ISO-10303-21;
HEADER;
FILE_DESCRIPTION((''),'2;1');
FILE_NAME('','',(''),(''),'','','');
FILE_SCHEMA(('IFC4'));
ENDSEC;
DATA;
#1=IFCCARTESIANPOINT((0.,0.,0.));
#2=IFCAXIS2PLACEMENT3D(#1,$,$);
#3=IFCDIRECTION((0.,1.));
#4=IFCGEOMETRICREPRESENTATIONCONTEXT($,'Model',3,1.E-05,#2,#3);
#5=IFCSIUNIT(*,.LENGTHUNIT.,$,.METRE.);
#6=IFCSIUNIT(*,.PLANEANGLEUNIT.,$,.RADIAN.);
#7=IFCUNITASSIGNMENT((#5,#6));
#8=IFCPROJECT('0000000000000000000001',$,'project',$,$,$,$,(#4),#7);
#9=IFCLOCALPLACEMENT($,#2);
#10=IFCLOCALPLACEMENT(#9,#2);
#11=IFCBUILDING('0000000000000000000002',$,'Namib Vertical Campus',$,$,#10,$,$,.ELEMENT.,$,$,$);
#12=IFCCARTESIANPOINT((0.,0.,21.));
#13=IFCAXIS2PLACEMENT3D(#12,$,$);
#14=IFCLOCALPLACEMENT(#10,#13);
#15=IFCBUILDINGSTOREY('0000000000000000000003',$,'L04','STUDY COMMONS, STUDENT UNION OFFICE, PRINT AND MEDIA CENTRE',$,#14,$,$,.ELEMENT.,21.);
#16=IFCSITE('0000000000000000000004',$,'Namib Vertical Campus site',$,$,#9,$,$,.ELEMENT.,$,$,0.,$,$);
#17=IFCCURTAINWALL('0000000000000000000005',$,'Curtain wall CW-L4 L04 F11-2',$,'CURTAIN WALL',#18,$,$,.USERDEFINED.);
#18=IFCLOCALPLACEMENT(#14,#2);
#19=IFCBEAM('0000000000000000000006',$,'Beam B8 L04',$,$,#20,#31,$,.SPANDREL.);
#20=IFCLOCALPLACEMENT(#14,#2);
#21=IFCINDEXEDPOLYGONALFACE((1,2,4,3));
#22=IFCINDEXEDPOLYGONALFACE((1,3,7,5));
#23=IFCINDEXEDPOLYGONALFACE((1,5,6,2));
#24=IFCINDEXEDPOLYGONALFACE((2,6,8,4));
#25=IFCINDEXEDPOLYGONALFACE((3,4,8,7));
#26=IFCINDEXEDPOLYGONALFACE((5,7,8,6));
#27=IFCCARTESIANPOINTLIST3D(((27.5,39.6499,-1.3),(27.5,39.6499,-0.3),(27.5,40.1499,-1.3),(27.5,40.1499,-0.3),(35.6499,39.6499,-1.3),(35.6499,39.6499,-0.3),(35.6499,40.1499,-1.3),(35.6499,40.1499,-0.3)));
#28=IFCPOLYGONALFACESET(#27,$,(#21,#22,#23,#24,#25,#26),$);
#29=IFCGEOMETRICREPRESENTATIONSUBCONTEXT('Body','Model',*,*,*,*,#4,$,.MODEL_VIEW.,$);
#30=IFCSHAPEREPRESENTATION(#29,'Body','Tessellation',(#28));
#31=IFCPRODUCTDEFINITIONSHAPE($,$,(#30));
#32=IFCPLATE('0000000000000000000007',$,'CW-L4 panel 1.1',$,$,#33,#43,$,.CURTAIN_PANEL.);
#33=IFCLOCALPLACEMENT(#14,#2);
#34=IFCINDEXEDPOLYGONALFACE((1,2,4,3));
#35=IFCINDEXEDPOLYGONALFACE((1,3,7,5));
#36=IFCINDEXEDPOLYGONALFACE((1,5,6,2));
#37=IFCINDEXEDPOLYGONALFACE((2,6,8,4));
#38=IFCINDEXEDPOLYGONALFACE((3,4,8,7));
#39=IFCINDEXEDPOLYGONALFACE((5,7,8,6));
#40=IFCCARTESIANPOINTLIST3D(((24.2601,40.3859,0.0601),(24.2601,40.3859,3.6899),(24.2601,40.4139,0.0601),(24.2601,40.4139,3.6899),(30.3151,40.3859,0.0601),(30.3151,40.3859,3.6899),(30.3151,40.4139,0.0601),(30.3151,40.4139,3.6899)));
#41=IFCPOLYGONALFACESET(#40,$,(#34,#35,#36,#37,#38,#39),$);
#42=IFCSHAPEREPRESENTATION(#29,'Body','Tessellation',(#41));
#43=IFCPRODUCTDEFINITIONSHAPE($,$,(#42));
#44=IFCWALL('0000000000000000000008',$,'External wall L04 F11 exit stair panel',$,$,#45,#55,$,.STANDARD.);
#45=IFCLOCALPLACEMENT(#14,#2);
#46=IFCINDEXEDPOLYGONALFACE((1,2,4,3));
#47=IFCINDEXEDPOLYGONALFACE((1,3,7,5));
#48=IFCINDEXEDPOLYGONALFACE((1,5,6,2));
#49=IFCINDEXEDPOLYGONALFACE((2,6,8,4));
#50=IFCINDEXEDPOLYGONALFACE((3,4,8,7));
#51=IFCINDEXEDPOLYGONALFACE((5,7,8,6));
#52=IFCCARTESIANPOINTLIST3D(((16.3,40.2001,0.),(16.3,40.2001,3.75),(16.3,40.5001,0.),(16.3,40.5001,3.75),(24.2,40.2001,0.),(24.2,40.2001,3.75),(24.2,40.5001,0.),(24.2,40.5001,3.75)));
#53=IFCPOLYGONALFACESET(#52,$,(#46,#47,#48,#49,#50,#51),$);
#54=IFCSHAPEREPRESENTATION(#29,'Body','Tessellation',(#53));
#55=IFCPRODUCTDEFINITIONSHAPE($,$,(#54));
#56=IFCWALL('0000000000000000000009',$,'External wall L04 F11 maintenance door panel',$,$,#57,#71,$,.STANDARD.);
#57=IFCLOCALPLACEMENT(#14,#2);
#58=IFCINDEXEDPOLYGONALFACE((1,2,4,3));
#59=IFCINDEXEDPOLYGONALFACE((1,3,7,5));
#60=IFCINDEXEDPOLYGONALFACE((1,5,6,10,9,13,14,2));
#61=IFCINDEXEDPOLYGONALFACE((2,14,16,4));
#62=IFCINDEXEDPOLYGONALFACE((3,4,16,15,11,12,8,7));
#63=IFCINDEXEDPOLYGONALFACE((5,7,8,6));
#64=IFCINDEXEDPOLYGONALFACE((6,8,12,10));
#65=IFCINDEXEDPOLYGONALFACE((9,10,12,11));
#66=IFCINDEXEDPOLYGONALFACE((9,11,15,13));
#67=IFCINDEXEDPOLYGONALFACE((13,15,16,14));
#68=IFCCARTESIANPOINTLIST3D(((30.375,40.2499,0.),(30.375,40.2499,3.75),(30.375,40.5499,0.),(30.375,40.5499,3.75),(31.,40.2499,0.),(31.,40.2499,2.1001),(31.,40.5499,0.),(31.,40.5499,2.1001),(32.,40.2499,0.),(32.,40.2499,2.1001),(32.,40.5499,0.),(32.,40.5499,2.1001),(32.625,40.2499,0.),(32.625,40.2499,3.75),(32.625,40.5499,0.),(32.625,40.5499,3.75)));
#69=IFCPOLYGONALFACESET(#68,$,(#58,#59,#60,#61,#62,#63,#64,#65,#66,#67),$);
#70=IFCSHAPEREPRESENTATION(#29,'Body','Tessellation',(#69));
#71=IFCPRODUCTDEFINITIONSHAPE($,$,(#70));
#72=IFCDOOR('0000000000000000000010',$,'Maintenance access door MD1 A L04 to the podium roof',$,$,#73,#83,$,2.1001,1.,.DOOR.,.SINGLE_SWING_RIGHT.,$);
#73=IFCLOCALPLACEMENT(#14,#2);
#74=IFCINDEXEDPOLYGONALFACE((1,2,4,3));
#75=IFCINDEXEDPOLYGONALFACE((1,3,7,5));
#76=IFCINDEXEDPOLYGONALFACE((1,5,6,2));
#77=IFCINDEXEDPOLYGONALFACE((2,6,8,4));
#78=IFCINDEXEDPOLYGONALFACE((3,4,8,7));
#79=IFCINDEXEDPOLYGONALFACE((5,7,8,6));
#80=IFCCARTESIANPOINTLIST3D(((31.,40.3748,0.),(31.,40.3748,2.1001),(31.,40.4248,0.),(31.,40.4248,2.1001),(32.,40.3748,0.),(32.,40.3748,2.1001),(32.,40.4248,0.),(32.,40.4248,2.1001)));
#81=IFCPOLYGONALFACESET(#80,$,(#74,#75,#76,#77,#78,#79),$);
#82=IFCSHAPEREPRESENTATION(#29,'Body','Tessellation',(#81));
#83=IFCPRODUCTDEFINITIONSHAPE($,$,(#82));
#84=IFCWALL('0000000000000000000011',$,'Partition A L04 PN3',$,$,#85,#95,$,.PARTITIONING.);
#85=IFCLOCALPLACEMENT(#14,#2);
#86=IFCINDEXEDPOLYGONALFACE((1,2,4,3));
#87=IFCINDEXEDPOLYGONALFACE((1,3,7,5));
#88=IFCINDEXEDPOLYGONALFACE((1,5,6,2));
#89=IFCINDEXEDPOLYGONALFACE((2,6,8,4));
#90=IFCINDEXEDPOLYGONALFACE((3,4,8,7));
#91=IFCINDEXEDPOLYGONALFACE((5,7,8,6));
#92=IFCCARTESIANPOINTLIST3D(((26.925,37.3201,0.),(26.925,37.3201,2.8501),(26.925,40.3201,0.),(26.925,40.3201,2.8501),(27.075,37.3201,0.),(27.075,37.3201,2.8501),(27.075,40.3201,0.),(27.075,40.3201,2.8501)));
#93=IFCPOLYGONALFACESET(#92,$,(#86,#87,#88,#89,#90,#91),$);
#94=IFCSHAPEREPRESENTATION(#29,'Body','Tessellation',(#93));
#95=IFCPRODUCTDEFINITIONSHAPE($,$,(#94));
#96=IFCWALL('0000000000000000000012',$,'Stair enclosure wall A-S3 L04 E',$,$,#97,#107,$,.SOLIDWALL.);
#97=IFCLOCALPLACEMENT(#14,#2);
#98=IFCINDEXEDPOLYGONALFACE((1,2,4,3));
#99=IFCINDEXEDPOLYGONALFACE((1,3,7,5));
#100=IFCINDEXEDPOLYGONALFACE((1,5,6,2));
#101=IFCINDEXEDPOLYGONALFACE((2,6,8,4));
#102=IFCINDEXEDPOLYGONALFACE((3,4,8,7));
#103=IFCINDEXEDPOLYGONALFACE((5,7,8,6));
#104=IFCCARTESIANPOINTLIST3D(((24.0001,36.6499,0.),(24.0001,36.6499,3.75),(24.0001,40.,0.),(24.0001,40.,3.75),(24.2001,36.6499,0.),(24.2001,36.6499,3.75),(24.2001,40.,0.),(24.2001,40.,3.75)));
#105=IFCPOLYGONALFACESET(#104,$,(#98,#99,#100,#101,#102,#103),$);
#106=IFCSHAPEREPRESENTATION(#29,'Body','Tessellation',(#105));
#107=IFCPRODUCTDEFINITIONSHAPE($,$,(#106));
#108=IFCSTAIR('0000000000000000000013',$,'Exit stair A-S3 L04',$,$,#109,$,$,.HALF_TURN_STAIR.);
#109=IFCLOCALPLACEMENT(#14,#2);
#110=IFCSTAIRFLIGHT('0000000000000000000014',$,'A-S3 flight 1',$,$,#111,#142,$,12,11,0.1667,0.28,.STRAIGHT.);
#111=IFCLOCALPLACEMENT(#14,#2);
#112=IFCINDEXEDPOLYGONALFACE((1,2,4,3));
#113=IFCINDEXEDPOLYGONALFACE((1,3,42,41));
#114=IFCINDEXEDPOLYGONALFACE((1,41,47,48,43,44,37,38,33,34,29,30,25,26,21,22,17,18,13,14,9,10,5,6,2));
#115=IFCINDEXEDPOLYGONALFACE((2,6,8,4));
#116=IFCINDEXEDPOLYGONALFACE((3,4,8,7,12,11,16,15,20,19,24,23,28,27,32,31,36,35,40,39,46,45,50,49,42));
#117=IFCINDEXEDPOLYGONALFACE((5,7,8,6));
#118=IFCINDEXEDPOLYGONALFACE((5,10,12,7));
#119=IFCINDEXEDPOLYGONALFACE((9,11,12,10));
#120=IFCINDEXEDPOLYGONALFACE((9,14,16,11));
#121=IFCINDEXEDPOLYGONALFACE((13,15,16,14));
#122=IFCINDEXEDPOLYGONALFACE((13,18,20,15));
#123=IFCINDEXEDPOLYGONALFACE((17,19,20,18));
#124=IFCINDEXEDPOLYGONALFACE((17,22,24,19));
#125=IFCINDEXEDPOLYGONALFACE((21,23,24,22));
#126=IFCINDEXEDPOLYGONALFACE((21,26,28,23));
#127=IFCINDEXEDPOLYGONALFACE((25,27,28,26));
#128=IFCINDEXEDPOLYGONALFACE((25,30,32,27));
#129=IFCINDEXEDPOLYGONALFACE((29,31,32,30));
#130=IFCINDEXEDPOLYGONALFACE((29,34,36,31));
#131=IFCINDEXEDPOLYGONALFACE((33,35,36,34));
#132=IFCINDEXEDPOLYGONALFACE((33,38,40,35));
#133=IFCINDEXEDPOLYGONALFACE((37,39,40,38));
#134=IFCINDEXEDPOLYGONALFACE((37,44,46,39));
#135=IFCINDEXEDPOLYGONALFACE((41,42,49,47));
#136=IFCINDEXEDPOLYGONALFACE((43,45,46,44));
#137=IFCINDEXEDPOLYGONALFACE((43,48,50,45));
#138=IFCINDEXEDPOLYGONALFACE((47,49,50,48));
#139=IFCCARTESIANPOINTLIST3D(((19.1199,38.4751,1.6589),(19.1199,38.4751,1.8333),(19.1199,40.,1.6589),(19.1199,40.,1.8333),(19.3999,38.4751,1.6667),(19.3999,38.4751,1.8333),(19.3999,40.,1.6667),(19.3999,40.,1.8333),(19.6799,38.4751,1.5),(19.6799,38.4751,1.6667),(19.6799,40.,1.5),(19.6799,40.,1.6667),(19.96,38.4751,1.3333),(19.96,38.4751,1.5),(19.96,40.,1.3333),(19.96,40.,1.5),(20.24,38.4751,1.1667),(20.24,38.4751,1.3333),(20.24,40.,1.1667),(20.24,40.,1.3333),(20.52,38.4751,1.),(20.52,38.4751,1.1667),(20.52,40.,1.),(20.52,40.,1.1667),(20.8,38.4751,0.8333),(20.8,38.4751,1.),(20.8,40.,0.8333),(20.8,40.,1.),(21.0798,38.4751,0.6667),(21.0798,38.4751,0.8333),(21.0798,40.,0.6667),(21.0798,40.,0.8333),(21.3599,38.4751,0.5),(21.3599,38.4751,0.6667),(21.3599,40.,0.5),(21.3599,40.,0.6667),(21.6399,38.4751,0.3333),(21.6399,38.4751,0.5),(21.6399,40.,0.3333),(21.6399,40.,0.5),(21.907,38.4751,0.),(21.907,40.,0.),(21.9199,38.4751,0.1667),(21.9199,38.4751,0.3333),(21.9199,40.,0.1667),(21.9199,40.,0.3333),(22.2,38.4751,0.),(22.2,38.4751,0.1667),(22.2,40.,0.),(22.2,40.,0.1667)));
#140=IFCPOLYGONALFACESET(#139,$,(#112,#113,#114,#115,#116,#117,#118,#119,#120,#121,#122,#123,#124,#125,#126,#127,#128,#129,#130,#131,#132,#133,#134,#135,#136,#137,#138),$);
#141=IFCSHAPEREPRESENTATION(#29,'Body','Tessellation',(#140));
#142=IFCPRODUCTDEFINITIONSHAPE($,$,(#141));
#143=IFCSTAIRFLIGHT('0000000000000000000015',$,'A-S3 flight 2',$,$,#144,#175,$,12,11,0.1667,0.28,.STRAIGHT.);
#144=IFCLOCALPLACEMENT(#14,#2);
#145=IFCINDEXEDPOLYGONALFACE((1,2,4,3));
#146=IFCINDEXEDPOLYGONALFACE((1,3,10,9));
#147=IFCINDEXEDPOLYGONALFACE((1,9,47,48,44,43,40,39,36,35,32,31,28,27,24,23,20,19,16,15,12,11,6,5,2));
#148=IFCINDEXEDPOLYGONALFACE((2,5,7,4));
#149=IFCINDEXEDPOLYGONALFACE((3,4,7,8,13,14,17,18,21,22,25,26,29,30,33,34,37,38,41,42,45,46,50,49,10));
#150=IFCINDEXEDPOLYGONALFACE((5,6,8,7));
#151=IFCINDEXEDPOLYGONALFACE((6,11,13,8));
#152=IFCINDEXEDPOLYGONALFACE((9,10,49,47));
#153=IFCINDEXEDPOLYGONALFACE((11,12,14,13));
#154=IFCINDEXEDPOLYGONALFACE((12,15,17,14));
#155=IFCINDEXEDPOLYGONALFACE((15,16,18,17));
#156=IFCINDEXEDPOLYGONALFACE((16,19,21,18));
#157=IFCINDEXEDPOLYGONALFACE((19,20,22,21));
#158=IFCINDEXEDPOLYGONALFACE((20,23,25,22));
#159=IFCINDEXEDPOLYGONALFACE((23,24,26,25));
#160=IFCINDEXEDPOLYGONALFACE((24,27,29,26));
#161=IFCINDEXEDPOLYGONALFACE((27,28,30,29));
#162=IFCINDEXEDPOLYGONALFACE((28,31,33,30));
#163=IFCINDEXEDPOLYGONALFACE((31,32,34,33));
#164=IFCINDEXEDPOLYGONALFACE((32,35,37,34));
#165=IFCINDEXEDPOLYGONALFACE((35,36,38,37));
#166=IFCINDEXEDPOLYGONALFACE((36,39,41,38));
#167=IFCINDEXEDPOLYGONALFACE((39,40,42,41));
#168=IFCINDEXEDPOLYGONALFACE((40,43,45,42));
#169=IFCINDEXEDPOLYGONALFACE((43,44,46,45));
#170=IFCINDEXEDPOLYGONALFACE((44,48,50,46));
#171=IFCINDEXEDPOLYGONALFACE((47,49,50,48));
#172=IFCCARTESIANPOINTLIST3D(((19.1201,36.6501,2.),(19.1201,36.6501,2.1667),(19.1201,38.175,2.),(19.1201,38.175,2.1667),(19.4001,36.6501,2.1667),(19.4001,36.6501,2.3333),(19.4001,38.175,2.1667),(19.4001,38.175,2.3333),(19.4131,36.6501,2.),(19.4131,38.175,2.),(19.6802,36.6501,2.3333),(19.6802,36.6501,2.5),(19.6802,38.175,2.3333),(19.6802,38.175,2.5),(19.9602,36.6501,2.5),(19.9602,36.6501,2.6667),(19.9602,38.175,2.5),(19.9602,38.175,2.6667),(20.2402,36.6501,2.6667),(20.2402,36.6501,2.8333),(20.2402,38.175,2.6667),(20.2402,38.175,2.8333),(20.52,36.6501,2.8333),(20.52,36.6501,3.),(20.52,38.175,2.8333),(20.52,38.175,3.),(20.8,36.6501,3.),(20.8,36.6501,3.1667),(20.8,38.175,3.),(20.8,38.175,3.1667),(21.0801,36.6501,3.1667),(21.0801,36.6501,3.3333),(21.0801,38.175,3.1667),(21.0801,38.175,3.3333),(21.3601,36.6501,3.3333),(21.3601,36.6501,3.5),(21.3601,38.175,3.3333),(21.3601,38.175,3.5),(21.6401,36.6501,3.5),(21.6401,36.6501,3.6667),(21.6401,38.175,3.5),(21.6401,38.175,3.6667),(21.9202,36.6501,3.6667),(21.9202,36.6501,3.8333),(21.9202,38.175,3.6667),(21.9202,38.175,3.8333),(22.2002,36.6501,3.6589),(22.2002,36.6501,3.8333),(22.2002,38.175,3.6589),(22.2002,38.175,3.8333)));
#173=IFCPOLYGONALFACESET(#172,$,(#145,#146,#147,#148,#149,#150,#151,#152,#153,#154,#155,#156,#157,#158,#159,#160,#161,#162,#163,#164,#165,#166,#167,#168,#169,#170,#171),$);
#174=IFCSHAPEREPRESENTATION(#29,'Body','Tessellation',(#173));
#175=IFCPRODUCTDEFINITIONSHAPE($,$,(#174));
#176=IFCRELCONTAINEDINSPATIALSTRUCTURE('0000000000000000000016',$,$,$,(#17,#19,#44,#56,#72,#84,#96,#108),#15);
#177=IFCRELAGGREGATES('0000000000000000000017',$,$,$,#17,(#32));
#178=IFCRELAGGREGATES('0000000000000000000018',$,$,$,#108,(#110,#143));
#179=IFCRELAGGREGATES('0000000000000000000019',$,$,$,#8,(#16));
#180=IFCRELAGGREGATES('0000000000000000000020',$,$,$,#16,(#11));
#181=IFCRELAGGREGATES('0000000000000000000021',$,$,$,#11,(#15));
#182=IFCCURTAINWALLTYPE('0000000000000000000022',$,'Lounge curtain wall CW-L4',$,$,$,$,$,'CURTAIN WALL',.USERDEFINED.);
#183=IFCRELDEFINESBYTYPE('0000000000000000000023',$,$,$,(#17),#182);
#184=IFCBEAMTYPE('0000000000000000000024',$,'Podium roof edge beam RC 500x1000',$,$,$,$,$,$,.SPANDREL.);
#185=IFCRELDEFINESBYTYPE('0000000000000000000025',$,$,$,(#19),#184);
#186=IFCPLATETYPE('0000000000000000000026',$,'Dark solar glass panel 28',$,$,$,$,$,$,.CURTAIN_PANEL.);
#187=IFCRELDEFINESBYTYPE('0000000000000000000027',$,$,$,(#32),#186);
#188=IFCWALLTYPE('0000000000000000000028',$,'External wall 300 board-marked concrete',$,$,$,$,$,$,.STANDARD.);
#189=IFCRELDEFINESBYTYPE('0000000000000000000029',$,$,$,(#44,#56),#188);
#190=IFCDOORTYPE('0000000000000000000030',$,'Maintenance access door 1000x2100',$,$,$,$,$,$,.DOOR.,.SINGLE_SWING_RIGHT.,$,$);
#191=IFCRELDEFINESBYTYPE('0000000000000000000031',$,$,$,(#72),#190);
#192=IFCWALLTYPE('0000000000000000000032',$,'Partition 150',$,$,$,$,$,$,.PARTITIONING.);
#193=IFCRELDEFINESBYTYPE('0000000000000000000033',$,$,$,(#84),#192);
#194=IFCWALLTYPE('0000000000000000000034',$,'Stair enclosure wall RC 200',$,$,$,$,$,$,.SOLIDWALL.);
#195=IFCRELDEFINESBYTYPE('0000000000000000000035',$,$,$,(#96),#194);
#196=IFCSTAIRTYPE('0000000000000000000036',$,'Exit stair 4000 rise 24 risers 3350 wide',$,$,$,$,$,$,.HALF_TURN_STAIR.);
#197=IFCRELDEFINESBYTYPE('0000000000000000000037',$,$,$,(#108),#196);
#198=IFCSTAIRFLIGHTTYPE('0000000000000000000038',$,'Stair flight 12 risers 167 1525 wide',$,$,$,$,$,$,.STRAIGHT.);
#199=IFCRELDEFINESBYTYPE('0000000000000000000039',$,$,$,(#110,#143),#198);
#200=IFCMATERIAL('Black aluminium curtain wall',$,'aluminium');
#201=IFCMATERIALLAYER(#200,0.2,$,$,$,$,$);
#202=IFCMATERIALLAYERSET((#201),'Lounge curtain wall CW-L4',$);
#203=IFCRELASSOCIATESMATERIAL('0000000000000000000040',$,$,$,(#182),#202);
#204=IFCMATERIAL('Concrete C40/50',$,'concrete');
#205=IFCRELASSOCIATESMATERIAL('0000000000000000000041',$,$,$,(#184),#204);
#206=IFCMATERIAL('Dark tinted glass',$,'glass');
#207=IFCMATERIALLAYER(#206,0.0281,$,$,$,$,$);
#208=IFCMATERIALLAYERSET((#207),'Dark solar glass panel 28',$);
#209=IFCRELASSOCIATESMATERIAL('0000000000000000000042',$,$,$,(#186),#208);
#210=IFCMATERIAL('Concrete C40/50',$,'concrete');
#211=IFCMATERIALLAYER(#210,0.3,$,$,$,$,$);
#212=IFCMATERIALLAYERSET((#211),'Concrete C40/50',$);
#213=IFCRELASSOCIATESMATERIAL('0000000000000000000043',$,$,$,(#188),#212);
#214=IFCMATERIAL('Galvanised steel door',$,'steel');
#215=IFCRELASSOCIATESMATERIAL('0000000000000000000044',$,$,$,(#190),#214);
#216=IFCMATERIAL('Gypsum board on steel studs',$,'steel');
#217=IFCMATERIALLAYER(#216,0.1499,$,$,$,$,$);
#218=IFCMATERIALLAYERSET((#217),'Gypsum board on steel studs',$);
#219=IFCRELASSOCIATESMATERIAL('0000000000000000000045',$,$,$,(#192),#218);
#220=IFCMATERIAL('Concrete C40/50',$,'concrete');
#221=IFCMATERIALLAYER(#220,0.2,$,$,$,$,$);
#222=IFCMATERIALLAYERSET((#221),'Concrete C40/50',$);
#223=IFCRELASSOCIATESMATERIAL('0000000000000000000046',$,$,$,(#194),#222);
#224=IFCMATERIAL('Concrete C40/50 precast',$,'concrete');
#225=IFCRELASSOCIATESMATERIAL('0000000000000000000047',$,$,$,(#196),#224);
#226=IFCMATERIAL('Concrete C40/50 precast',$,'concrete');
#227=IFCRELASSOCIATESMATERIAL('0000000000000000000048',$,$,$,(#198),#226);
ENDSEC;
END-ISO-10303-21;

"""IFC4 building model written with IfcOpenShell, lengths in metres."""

from ifc_helpers import new_model, si_unit, direction, frame, frame_2d, origin, origin_2d, place, context, subcontext, project, spatial, polyline, rectangle, outline, extrude, material, layer, layer_set, material_profile, profile_set, type_object, element, fill, aggregate, save


model = new_model("IFC4")

# Units and contexts
model_context = context("Model", 3, precision=1e-05, world=origin(), true_north=direction((0.0, 1.0)))
body_context = subcontext(model_context, "Body", "Model", "MODEL_VIEW")
ifc_project = project(units=[si_unit("LENGTHUNIT", "METRE"), si_unit("PLANEANGLEUNIT", "RADIAN")], contexts=[model_context])

# Site, building, storey
site_placement = place(None, origin())
site = spatial("IfcSite", under=ifc_project, at=site_placement, Name="Namib Vertical Campus site", CompositionType="ELEMENT", RefElevation=0.0)
building_placement = place(site_placement, origin())
building = spatial("IfcBuilding", under=site, at=building_placement, Name="Namib Vertical Campus", CompositionType="ELEMENT")
storey_placement = place(building_placement, frame((0.0, 0.0, 21.0)))
storey = spatial("IfcBuildingStorey", under=building, at=storey_placement, Name="L04", Description="STUDY COMMONS, STUDENT UNION OFFICE, PRINT AND MEDIA CENTRE", CompositionType="ELEMENT", Elevation=21.0)

# Curtain wall
ifc_material_1 = material(Name="Black aluminium curtain wall", Category="aluminium")
ifc_layer_1 = layer(ifc_material_1, 0.2)
ifc_layer_set_1 = layer_set([ifc_layer_1], Name="Lounge curtain wall CW-L4")
curtain_wall_type = type_object("IfcCurtainWallType", Name="Lounge curtain wall CW-L4", ElementType="CURTAIN WALL", PredefinedType="USERDEFINED", material=ifc_layer_set_1)
curtain_wall_placement = place(storey_placement, origin())
curtain_wall = element("IfcCurtainWall", 1, at=curtain_wall_placement, inside=storey, type_object=curtain_wall_type, Name="Curtain wall CW-L4 L04 F11-2", ObjectType="CURTAIN WALL", PredefinedType="USERDEFINED")

# Beam
ifc_material_2 = material(Name="Concrete C40/50", Category="concrete")
ifc_material_profile_1 = material_profile(ifc_material_2, rectangle(XDim=0.5, YDim=1.0, at=origin_2d()))
ifc_profile_set_1 = profile_set([ifc_material_profile_1], Name="Concrete C40/50")
beam_type_1 = type_object("IfcBeamType", Name="Podium roof edge beam RC 500x1000", PredefinedType="SPANDREL", material=ifc_profile_set_1)
beam_1_placement = place(storey_placement, frame((27.5, 39.8999, -0.8), z_axis=(1.0, 0.0, 0.0), x_axis=(0.0, 1.0, 0.0)))
element("IfcBeam", 2, at=beam_1_placement, inside=storey, type_object=beam_type_1, Name="Beam B8 L04", PredefinedType="SPANDREL", context=body_context, shape_type="SweptSolid", body=[
    extrude(rectangle(XDim=0.5, YDim=1.0, at=origin_2d()), origin(), (0.0, 0.0, 1.0), 8.1499),
])

# Plate
ifc_material_3 = material(Name="Dark tinted glass", Category="glass")
ifc_layer_2 = layer(ifc_material_3, 0.0281)
ifc_layer_set_2 = layer_set([ifc_layer_2], Name="Dark solar glass panel 28")
plate_type = type_object("IfcPlateType", Name="Dark solar glass panel 28", PredefinedType="CURTAIN_PANEL", material=ifc_layer_set_2)
plate_placement = place(storey_placement, frame((27.2876, 40.3999, 0.0601), z_axis=(0.0, 0.0, 1.0), x_axis=(-1.0, 0.0, 0.0)))
plate = element("IfcPlate", 3, at=plate_placement, type_object=plate_type, Name="CW-L4 panel 1.1", PredefinedType="CURTAIN_PANEL", context=body_context, shape_type="SweptSolid", body=[
    extrude(rectangle(XDim=6.0549, YDim=0.0281, at=origin_2d()), origin(), (0.0, 0.0, 1.0), 3.6299),
])
aggregate(curtain_wall, [plate])

# Wall
ifc_material_4 = material(Name="Concrete C40/50", Category="concrete")
ifc_layer_3 = layer(ifc_material_4, 0.3)
ifc_layer_set_3 = layer_set([ifc_layer_3], Name="Concrete C40/50")
wall_type_1 = type_object("IfcWallType", Name="External wall 300 board-marked concrete", PredefinedType="STANDARD", material=ifc_layer_set_3)
wall_1_placement = place(storey_placement, frame((24.2, 40.3501, 0.0), z_axis=(0.0, 0.0, 1.0), x_axis=(-1.0, 0.0, 0.0)))
element("IfcWall", 4, at=wall_1_placement, inside=storey, type_object=wall_type_1, Name="External wall L04 F11 exit stair panel", PredefinedType="STANDARD", context=body_context, shape_type="SweptSolid", body=[
    extrude(rectangle(XDim=7.8999, YDim=0.3, at=frame_2d((3.95, 0.0))), origin(), (0.0, 0.0, 1.0), 3.75),
])

# Wall, opening, door
wall_2_placement = place(storey_placement, frame((32.625, 40.3999, 0.0), z_axis=(0.0, 0.0, 1.0), x_axis=(-1.0, 0.0, 0.0)))
wall_2 = element("IfcWall", 5, at=wall_2_placement, inside=storey, type_object=wall_type_1, Name="External wall L04 F11 maintenance door panel", PredefinedType="STANDARD", context=body_context, shape_type="SweptSolid", body=[
    extrude(rectangle(XDim=2.25, YDim=0.3, at=frame_2d((1.125, 0.0))), origin(), (0.0, 0.0, 1.0), 3.75),
])
opening_placement = place(wall_2_placement, frame((0.625, 0.0, 0.0)))
opening = element("IfcOpeningElement", 6, at=opening_placement, cuts=wall_2, PredefinedType="OPENING", context=body_context, shape_type="SweptSolid", body=[
    extrude(rectangle(XDim=1.0, YDim=2.1001, at=frame_2d((0.5, 1.05))), frame((0.0, 0.1599, 0.0), z_axis=(0.0, -1.0, 0.0), x_axis=(1.0, 0.0, 0.0)), (0.0, 0.0, 1.0), 0.3201),
])
ifc_material_5 = material(Name="Galvanised steel door", Category="steel")
door_type = type_object("IfcDoorType", Name="Maintenance access door 1000x2100", OperationType="SINGLE_SWING_RIGHT", PredefinedType="DOOR", material=ifc_material_5)
door_placement = place(opening_placement, frame((1.0, 0.0, 0.0), z_axis=(0.0, 0.0, 1.0), x_axis=(-1.0, 0.0, 0.0)))
door = element("IfcDoor", 7, at=door_placement, inside=storey, type_object=door_type, Name="Maintenance access door MD1 A L04 to the podium roof", OperationType="SINGLE_SWING_RIGHT", OverallHeight=2.1001, OverallWidth=1.0, PredefinedType="DOOR", context=body_context, shape_type="SweptSolid", body=[
    extrude(rectangle(XDim=1.0, YDim=2.1001, at=frame_2d((0.5, 1.05))), frame((0.0, 0.0249, 0.0), z_axis=(0.0, -1.0, 0.0), x_axis=(1.0, 0.0, 0.0)), (0.0, 0.0, 1.0), 0.05),
])
fill(opening, door)

# Walls
ifc_material_6 = material(Name="Gypsum board on steel studs", Category="steel")
ifc_layer_4 = layer(ifc_material_6, 0.1499)
ifc_layer_set_4 = layer_set([ifc_layer_4], Name="Gypsum board on steel studs")
wall_type_2 = type_object("IfcWallType", Name="Partition 150", PredefinedType="PARTITIONING", material=ifc_layer_set_4)
wall_3_placement = place(storey_placement, frame((27.0, 37.3201, 0.0), z_axis=(0.0, 0.0, 1.0), x_axis=(0.0, 1.0, 0.0)))
element("IfcWall", 8, at=wall_3_placement, inside=storey, type_object=wall_type_2, Name="Partition A L04 PN3", PredefinedType="PARTITIONING", context=body_context, shape_type="SweptSolid", body=[
    extrude(rectangle(XDim=3.0, YDim=0.1499, at=frame_2d((1.5, 0.0))), origin(), (0.0, 0.0, 1.0), 2.8501),
])
ifc_material_7 = material(Name="Concrete C40/50", Category="concrete")
ifc_layer_5 = layer(ifc_material_7, 0.2)
ifc_layer_set_5 = layer_set([ifc_layer_5], Name="Concrete C40/50")
wall_type_3 = type_object("IfcWallType", Name="Stair enclosure wall RC 200", PredefinedType="SOLIDWALL", material=ifc_layer_set_5)
wall_4_placement = place(storey_placement, frame((24.1001, 36.6499, 0.0), z_axis=(0.0, 0.0, 1.0), x_axis=(0.0, 1.0, 0.0)))
element("IfcWall", 9, at=wall_4_placement, inside=storey, type_object=wall_type_3, Name="Stair enclosure wall A-S3 L04 E", PredefinedType="SOLIDWALL", context=body_context, shape_type="SweptSolid", body=[
    extrude(rectangle(XDim=3.3501, YDim=0.2, at=frame_2d((1.675, 0.0))), origin(), (0.0, 0.0, 1.0), 3.75),
])

# Stair, stair flights
ifc_material_8 = material(Name="Concrete C40/50 precast", Category="concrete")
stair_type = type_object("IfcStairType", Name="Exit stair 4000 rise 24 risers 3350 wide", PredefinedType="HALF_TURN_STAIR", material=ifc_material_8)
stair_placement = place(storey_placement, origin())
stair = element("IfcStair", 10, at=stair_placement, inside=storey, type_object=stair_type, Name="Exit stair A-S3 L04", PredefinedType="HALF_TURN_STAIR")
ifc_material_9 = material(Name="Concrete C40/50 precast", Category="concrete")
stair_flight_type = type_object("IfcStairFlightType", Name="Stair flight 12 risers 167 1525 wide", PredefinedType="STRAIGHT", material=ifc_material_9)
stair_flight_1_placement = place(storey_placement, frame((22.2, 39.2375, 0.0), z_axis=(0.0, 0.0, 1.0), x_axis=(-1.0, 0.0, 0.0)))
stair_flight_1 = element("IfcStairFlight", 11, at=stair_flight_1_placement, type_object=stair_flight_type, Name="A-S3 flight 1", NumberOfRisers=12, NumberOfTreads=11, PredefinedType="STRAIGHT", RiserHeight=0.1667, TreadLength=0.28, context=body_context, shape_type="SweptSolid", body=[
    extrude(outline(polyline([(0.0, 0.0), (0.0, 0.1667), (0.28, 0.1667), (0.28, 0.3333), (0.5601, 0.3333), (0.5601, 0.5), (0.8401, 0.5), (0.8401, 0.6667), (1.1201, 0.6667), (1.1201, 0.8333), (1.3999, 0.8333), (1.3999, 1.0), (1.6799, 1.0), (1.6799, 1.1667), (1.96, 1.1667), (1.96, 1.3333), (2.24, 1.3333), (2.24, 1.5), (2.52, 1.5), (2.52, 1.6667), (2.8, 1.6667), (2.8, 1.8333), (3.0801, 1.8333), (3.0801, 2.0), (3.0801, 1.6589), (0.293, 0.0), (0.0, 0.0)])), frame((0.0, 0.7625, 0.0), z_axis=(0.0, -1.0, 0.0), x_axis=(1.0, 0.0, 0.0)), (0.0, 0.0, 1.0), 1.5249),
])
stair_flight_2_placement = place(storey_placement, frame((19.1201, 37.4126, 2.0), z_axis=(0.0, 0.0, 1.0), x_axis=(1.0, 0.0, 0.0)))
stair_flight_2 = element("IfcStairFlight", 12, at=stair_flight_2_placement, type_object=stair_flight_type, Name="A-S3 flight 2", NumberOfRisers=12, NumberOfTreads=11, PredefinedType="STRAIGHT", RiserHeight=0.1667, TreadLength=0.28, context=body_context, shape_type="SweptSolid", body=[
    extrude(outline(polyline([(0.0, 0.0), (0.0, 0.1667), (0.28, 0.1667), (0.28, 0.3333), (0.5601, 0.3333), (0.5601, 0.5), (0.8401, 0.5), (0.8401, 0.6667), (1.1201, 0.6667), (1.1201, 0.8333), (1.3999, 0.8333), (1.3999, 1.0), (1.6799, 1.0), (1.6799, 1.1667), (1.96, 1.1667), (1.96, 1.3333), (2.24, 1.3333), (2.24, 1.5), (2.52, 1.5), (2.52, 1.6667), (2.8, 1.6667), (2.8, 1.8333), (3.0801, 1.8333), (3.0801, 2.0), (3.0801, 1.6589), (0.293, 0.0), (0.0, 0.0)])), frame((0.0, 0.7625, 0.0), z_axis=(0.0, -1.0, 0.0), x_axis=(1.0, 0.0, 0.0)), (0.0, 0.0, 1.0), 1.5249),
])
aggregate(stair, [stair_flight_1, stair_flight_2])

save(model, "model.ifc")
